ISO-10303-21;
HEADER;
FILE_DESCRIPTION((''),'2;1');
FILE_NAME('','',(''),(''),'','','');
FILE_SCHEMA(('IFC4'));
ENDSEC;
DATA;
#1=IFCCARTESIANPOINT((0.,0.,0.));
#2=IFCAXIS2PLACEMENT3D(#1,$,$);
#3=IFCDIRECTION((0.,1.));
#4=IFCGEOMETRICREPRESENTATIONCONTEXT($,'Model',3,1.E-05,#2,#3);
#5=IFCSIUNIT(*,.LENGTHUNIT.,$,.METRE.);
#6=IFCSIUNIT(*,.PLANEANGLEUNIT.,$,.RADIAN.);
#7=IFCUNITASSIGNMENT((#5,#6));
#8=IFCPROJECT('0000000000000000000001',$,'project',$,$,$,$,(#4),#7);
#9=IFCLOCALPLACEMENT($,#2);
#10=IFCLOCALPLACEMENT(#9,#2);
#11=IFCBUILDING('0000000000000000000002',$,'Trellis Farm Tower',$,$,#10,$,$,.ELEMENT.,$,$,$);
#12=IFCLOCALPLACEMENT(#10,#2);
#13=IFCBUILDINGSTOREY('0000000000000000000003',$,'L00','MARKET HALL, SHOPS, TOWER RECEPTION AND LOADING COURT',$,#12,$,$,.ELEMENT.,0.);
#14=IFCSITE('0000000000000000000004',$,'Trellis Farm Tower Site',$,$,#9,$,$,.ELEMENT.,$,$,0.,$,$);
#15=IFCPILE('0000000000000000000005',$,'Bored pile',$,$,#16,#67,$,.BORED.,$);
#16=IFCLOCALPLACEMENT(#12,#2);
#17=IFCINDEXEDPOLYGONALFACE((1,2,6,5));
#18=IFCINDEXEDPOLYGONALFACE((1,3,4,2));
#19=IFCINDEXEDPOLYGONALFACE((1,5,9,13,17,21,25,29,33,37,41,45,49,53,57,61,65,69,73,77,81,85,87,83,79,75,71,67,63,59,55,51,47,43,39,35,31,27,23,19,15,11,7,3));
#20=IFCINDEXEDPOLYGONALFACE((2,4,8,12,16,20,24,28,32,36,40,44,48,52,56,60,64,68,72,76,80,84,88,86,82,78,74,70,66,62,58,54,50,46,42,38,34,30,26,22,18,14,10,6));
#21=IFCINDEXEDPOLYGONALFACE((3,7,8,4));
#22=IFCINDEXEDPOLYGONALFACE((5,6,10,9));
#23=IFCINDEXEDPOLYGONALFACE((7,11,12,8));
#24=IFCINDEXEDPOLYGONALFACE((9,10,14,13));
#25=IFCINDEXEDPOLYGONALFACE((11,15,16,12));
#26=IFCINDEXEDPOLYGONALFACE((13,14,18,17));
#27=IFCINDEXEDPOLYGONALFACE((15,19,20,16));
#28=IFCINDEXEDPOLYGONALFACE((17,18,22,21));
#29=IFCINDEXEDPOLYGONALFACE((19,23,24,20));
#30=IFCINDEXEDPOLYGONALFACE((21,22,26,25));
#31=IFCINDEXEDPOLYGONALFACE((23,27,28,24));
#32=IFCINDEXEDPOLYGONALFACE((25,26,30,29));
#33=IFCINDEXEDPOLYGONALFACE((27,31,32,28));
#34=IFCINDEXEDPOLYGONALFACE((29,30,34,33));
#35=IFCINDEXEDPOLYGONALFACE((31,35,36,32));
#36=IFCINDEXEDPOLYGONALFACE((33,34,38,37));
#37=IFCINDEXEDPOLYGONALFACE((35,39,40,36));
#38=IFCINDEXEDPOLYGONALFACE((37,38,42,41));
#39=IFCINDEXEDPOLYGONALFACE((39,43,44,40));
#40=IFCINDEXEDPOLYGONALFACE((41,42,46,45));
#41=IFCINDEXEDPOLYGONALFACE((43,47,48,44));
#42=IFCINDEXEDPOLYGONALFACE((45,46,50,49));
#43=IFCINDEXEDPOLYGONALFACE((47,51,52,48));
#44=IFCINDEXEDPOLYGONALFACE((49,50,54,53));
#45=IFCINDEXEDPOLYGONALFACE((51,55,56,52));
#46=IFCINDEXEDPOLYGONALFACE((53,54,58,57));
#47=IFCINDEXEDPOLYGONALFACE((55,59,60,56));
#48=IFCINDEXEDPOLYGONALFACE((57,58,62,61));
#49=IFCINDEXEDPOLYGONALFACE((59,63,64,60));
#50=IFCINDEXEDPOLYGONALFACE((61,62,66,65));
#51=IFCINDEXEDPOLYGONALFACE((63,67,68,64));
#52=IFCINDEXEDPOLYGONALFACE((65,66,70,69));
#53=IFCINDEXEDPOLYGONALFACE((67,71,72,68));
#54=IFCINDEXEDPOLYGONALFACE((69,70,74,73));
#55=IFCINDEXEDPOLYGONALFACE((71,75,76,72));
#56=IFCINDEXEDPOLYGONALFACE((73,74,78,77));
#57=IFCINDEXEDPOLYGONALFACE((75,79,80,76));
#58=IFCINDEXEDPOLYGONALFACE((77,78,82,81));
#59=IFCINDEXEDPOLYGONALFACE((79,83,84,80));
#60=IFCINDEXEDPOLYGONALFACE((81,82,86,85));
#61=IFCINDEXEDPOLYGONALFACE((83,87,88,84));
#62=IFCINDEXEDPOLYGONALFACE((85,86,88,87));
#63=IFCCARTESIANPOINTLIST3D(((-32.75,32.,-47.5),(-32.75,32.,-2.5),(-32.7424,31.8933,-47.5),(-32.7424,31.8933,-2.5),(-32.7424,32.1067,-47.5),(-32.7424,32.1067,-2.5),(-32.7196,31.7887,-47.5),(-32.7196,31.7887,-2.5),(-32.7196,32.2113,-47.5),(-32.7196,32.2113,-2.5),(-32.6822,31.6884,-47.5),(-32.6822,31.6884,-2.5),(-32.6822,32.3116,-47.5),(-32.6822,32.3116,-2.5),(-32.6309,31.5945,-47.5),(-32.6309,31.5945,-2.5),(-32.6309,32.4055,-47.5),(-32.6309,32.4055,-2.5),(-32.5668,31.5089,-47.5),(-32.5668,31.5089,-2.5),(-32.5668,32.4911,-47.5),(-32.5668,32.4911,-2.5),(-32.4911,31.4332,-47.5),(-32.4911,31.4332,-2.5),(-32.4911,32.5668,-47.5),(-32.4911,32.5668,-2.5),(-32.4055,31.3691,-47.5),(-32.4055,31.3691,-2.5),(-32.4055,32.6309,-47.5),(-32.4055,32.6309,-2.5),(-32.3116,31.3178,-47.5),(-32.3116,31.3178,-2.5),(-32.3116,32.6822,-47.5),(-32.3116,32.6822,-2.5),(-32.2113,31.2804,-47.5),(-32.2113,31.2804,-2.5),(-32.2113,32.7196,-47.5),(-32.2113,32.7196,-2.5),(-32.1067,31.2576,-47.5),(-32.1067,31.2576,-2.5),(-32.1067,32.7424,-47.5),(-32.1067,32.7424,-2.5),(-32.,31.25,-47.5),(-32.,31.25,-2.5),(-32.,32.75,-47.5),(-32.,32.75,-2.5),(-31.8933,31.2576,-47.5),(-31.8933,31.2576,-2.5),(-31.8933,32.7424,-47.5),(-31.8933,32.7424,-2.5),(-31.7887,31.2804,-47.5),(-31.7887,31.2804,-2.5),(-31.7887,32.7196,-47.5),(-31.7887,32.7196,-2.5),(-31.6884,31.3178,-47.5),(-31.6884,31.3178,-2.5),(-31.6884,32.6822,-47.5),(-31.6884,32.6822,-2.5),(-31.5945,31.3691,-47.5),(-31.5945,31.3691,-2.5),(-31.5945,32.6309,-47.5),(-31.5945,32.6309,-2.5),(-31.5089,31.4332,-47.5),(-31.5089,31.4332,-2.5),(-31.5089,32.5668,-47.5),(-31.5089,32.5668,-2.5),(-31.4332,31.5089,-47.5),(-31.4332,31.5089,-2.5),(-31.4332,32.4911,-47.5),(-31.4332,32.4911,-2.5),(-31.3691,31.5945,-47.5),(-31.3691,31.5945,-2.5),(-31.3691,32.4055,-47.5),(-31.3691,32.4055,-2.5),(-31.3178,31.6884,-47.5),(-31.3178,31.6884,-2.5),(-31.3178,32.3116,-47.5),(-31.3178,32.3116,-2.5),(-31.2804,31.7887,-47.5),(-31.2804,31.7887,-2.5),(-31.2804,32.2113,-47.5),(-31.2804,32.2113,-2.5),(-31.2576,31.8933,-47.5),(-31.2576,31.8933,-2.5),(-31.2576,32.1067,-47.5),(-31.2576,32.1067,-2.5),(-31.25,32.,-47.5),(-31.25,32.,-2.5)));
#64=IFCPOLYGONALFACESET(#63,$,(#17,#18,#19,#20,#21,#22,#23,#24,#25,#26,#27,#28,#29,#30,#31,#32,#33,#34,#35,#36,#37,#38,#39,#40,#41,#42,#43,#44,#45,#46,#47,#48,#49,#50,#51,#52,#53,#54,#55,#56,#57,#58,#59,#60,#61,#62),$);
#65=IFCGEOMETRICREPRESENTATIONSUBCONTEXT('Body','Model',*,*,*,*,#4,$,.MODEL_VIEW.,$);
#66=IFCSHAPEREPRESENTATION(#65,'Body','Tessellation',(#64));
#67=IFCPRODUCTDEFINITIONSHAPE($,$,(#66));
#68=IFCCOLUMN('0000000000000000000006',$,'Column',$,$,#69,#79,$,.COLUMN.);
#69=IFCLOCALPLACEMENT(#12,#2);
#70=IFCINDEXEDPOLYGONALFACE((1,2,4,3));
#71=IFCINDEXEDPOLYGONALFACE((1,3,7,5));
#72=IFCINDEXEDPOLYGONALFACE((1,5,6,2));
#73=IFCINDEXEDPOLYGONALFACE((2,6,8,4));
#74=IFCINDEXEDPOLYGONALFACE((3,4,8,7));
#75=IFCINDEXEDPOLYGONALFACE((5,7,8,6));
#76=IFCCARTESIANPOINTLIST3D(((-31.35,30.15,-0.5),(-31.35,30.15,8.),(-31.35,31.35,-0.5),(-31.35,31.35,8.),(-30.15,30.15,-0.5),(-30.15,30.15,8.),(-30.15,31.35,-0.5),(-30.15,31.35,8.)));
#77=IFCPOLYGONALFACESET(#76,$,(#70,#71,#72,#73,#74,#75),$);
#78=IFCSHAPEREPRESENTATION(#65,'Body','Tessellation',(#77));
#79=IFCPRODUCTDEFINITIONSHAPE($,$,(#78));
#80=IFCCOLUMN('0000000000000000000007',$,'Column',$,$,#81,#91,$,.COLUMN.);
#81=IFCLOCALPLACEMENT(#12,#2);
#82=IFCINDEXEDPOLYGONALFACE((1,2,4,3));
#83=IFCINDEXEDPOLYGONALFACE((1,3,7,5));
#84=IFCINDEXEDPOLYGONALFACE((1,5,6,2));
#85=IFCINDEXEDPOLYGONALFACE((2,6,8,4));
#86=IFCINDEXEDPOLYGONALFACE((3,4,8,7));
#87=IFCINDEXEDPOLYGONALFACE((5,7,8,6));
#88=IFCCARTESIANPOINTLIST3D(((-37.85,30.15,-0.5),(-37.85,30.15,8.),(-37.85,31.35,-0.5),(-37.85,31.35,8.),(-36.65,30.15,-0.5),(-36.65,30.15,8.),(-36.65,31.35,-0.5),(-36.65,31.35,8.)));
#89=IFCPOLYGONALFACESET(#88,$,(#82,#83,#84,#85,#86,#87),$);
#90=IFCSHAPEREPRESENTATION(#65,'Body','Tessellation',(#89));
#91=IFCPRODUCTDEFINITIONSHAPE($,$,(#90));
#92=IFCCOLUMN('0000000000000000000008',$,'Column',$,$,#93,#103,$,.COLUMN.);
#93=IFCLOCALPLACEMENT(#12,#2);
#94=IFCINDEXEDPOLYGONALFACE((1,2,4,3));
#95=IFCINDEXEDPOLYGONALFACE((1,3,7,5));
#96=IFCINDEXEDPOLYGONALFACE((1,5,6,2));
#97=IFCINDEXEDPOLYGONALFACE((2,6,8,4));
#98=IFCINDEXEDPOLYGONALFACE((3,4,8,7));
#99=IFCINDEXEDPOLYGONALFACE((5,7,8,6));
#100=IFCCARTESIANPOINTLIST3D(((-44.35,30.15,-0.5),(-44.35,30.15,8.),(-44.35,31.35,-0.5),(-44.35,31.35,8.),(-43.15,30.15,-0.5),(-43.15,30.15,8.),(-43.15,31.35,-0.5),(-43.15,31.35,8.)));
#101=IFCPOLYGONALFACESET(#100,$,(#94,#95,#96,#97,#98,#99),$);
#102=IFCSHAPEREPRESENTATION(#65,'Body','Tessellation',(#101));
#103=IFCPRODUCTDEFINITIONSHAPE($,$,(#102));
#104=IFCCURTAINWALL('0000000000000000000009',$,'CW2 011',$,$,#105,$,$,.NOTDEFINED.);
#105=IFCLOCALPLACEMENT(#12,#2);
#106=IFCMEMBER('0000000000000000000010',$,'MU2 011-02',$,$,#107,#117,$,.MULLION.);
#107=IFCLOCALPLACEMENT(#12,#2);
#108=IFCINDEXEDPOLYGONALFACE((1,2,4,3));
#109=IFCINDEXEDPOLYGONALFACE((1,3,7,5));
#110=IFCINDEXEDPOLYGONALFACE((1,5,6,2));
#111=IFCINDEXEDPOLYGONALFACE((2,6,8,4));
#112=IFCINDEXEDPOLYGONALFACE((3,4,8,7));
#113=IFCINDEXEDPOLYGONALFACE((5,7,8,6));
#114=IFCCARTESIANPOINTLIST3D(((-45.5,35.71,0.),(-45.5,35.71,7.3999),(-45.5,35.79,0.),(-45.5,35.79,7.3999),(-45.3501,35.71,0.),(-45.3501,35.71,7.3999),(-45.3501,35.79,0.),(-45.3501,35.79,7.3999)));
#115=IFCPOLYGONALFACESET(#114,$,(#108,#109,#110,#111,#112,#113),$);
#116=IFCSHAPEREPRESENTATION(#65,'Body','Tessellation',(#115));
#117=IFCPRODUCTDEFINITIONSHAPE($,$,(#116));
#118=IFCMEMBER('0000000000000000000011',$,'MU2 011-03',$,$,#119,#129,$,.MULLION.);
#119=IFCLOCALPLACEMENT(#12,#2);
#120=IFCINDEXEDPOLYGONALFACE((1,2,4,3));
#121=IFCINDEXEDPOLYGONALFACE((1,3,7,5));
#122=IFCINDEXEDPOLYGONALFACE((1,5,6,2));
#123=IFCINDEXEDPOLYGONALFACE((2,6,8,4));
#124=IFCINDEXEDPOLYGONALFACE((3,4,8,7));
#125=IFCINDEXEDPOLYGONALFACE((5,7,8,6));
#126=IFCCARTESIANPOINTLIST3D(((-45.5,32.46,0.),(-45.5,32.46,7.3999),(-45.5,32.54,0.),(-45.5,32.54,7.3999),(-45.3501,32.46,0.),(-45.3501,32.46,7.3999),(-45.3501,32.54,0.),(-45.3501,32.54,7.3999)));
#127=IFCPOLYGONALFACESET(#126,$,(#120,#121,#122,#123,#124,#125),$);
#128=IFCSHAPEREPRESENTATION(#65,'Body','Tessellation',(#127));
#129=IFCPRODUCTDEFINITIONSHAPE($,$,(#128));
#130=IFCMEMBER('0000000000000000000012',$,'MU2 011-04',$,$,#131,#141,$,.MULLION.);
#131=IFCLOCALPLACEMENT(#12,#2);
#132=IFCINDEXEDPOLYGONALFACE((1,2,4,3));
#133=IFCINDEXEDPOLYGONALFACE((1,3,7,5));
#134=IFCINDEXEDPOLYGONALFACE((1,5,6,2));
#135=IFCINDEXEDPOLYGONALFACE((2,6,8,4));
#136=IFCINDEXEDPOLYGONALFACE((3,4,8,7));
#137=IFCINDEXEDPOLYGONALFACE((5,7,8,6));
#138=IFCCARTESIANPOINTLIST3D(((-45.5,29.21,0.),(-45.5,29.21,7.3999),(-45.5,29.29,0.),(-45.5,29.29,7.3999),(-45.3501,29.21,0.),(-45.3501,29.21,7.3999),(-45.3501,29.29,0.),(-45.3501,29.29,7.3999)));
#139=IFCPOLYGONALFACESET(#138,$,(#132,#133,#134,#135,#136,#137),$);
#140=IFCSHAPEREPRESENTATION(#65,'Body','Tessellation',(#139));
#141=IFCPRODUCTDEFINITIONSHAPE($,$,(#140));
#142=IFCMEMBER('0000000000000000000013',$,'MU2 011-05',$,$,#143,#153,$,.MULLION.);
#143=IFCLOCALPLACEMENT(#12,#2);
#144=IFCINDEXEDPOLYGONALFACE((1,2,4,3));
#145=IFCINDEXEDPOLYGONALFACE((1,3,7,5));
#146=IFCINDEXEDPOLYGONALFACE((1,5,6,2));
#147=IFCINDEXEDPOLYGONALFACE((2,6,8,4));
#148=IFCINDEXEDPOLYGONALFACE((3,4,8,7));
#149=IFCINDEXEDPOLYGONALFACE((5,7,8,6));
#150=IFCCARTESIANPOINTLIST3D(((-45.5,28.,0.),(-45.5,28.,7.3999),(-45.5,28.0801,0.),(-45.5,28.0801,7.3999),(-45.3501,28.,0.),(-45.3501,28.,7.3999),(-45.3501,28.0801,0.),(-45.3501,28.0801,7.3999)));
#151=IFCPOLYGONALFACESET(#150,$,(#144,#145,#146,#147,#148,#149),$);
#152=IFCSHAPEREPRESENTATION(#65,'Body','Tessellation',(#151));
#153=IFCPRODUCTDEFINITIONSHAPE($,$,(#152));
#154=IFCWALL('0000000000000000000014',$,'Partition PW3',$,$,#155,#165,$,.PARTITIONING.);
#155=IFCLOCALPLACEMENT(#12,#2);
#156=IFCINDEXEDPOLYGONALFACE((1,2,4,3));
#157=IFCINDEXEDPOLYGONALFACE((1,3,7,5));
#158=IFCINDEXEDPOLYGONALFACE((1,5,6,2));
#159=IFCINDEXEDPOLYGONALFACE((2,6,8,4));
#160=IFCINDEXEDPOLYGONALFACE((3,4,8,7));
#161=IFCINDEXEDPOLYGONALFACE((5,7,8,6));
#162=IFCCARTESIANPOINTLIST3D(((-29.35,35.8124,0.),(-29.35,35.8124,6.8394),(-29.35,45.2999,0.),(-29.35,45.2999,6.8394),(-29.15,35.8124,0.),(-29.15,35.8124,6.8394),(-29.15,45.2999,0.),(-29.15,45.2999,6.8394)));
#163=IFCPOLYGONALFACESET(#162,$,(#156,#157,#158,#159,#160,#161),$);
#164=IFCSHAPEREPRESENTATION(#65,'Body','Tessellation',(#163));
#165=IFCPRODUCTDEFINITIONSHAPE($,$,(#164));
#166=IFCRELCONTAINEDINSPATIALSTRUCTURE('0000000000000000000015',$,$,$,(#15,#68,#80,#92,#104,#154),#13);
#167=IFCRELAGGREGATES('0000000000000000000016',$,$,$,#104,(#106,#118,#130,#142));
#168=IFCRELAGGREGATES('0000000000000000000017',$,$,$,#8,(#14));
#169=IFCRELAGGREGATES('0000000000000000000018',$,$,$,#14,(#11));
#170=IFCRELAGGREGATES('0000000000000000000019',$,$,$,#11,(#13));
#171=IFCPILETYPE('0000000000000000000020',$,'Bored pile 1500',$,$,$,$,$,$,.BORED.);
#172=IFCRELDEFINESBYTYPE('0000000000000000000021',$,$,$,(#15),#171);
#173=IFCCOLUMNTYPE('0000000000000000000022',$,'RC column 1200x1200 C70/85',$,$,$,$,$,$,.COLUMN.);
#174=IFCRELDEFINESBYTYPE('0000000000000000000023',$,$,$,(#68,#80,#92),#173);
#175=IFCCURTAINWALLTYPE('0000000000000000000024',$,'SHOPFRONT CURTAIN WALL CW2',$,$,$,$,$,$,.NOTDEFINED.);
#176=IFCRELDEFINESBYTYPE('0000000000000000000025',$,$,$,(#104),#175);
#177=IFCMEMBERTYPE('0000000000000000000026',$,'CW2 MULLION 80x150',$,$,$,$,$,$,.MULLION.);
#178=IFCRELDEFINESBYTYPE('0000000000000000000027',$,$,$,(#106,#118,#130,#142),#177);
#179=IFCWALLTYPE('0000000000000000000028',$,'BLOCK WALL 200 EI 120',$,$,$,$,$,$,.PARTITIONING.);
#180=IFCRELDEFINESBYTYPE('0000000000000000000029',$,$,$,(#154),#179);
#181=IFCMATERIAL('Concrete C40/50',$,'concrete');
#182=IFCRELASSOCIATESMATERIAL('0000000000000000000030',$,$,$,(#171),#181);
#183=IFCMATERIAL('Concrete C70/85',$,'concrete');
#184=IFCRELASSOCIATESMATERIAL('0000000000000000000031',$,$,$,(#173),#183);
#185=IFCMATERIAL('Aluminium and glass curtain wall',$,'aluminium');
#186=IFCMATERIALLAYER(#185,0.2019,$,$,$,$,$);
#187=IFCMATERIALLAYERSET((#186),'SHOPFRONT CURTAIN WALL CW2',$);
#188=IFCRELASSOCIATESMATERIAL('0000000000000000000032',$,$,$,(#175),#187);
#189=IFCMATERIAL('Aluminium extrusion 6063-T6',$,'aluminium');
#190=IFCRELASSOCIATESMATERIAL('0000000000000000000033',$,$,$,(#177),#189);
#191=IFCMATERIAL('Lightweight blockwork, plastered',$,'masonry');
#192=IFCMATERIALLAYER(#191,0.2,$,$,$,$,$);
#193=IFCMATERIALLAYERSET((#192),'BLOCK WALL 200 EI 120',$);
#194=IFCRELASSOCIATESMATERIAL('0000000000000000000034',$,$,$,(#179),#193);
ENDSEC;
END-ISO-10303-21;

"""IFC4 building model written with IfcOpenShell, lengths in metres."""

from ifc_helpers import new_model, si_unit, direction, frame, frame_2d, origin, origin_2d, place, context, subcontext, project, spatial, rectangle, circle, extrude, source, transform, mapped, material, layer, layer_set, material_profile, profile_set, type_object, element, aggregate, save


model = new_model("IFC4")

# Units and contexts
model_context = context("Model", 3, precision=1e-05, world=origin(), true_north=direction((0.0, 1.0)))
body_context = subcontext(model_context, "Body", "Model", "MODEL_VIEW")
ifc_project = project(units=[si_unit("LENGTHUNIT", "METRE"), si_unit("PLANEANGLEUNIT", "RADIAN")], contexts=[model_context])

# Site, building, storey
site_placement = place(None, origin())
site = spatial("IfcSite", under=ifc_project, at=site_placement, Name="Trellis Farm Tower Site", CompositionType="ELEMENT", RefElevation=0.0)
building_placement = place(site_placement, origin())
building = spatial("IfcBuilding", under=site, at=building_placement, Name="Trellis Farm Tower", CompositionType="ELEMENT")
storey_placement = place(building_placement, origin())
storey = spatial("IfcBuildingStorey", under=building, at=storey_placement, Name="L00", Description="MARKET HALL, SHOPS, TOWER RECEPTION AND LOADING COURT", CompositionType="ELEMENT", Elevation=0.0)

# Pile
ifc_material_1 = material(Name="Concrete C40/50", Category="concrete")
ifc_material_profile_1 = material_profile(ifc_material_1, circle(Radius=0.75, at=origin_2d()), Name="Bored pile 1500")
ifc_profile_set_1 = profile_set([ifc_material_profile_1], Name="Concrete C40/50")
pile_type = type_object("IfcPileType", Name="Bored pile 1500", PredefinedType="BORED", material=ifc_profile_set_1)
shared_shape_1 = source(origin(), body_context, "Body", "SweptSolid", [
    extrude(circle(Radius=0.75, at=origin_2d()), origin(), (0.0, 0.0, 1.0), 45.0),
])
for number, where, z_axis, x_axis, name in (
    (1, (-32.0, 32.0, -2.5), (0.0, 0.0, -1.0), (1.0, 0.0, 0.0), "Bored pile"),
):
    element("IfcPile", number, at=place(storey_placement, frame(where, z_axis=z_axis, x_axis=x_axis)), inside=storey, type_object=pile_type, Name=name, PredefinedType="BORED", context=body_context, shape_type="MappedRepresentation", body=[
        mapped(shared_shape_1, transform((0.0, 0.0, 0.0))),
    ])

# Columns
ifc_material_2 = material(Name="Concrete C70/85", Category="concrete")
ifc_material_profile_2 = material_profile(ifc_material_2, rectangle(XDim=1.2, YDim=1.2, at=origin_2d()), Name="RC column 1200x1200 C70/85")
ifc_profile_set_2 = profile_set([ifc_material_profile_2], Name="Concrete C70/85")
column_type = type_object("IfcColumnType", Name="RC column 1200x1200 C70/85", PredefinedType="COLUMN", material=ifc_profile_set_2)
shared_shape_2 = source(origin(), body_context, "Body", "SweptSolid", [
    extrude(rectangle(XDim=1.2, YDim=1.2, at=origin_2d()), origin(), (0.0, 0.0, 1.0), 8.5),
])
for number, where, z_axis, x_axis, name in (
    (2, (-30.75, 30.75, -0.5), (0.0, 0.0, 1.0), (1.0, 0.0, 0.0), "Column"),
    (3, (-37.25, 30.75, -0.5), (0.0, 0.0, 1.0), (1.0, 0.0, 0.0), "Column"),
    (4, (-43.75, 30.75, -0.5), (0.0, 0.0, 1.0), (1.0, 0.0, 0.0), "Column"),
):
    element("IfcColumn", number, at=place(storey_placement, frame(where, z_axis=z_axis, x_axis=x_axis)), inside=storey, type_object=column_type, Name=name, PredefinedType="COLUMN", context=body_context, shape_type="MappedRepresentation", body=[
        mapped(shared_shape_2, transform((0.0, 0.0, 0.0))),
    ])

# Curtain wall, members
ifc_material_3 = material(Name="Aluminium and glass curtain wall", Category="aluminium")
ifc_layer_1 = layer(ifc_material_3, 0.2019)
ifc_layer_set_1 = layer_set([ifc_layer_1], Name="SHOPFRONT CURTAIN WALL CW2")
curtain_wall_type = type_object("IfcCurtainWallType", Name="SHOPFRONT CURTAIN WALL CW2", PredefinedType="NOTDEFINED", material=ifc_layer_set_1)
curtain_wall_placement = place(storey_placement, origin())
curtain_wall = element("IfcCurtainWall", 5, at=curtain_wall_placement, inside=storey, type_object=curtain_wall_type, Name="CW2 011", PredefinedType="NOTDEFINED")
ifc_material_4 = material(Name="Aluminium extrusion 6063-T6", Category="aluminium")
ifc_material_profile_3 = material_profile(ifc_material_4, rectangle(XDim=0.0801, YDim=0.1499, at=origin_2d()), Name="MULLION 80x150")
ifc_profile_set_3 = profile_set([ifc_material_profile_3], Name="Aluminium extrusion 6063-T6")
member_type = type_object("IfcMemberType", Name="CW2 MULLION 80x150", PredefinedType="MULLION", material=ifc_profile_set_3)
shared_shape_3 = source(origin(), body_context, "Body", "SweptSolid", [
    extrude(rectangle(XDim=0.0801, YDim=0.1499, at=origin_2d()), origin(), (0.0, 0.0, 1.0), 7.3999),
])
member_1_placement = place(storey_placement, frame((-45.425, 35.75, 0.0), z_axis=(0.0, 0.0, 1.0), x_axis=(0.0, -1.0, 0.0)))
member_1 = element("IfcMember", 6, at=member_1_placement, type_object=member_type, Name="MU2 011-02", PredefinedType="MULLION", context=body_context, shape_type="MappedRepresentation", body=[
    mapped(shared_shape_3, transform((0.0, 0.0, 0.0))),
])
member_2_placement = place(storey_placement, frame((-45.425, 32.5, 0.0), z_axis=(0.0, 0.0, 1.0), x_axis=(0.0, -1.0, 0.0)))
member_2 = element("IfcMember", 7, at=member_2_placement, type_object=member_type, Name="MU2 011-03", PredefinedType="MULLION", context=body_context, shape_type="MappedRepresentation", body=[
    mapped(shared_shape_3, transform((0.0, 0.0, 0.0))),
])
member_3_placement = place(storey_placement, frame((-45.425, 29.25, 0.0), z_axis=(0.0, 0.0, 1.0), x_axis=(0.0, -1.0, 0.0)))
member_3 = element("IfcMember", 8, at=member_3_placement, type_object=member_type, Name="MU2 011-04", PredefinedType="MULLION", context=body_context, shape_type="MappedRepresentation", body=[
    mapped(shared_shape_3, transform((0.0, 0.0, 0.0))),
])
member_4_placement = place(storey_placement, frame((-45.425, 28.04, 0.0), z_axis=(0.0, 0.0, 1.0), x_axis=(0.0, -1.0, 0.0)))
member_4 = element("IfcMember", 9, at=member_4_placement, type_object=member_type, Name="MU2 011-05", PredefinedType="MULLION", context=body_context, shape_type="MappedRepresentation", body=[
    mapped(shared_shape_3, transform((0.0, 0.0, 0.0))),
])
aggregate(curtain_wall, [member_1, member_2, member_3, member_4])

# Wall
ifc_material_5 = material(Name="Lightweight blockwork, plastered", Category="masonry")
ifc_layer_2 = layer(ifc_material_5, 0.2)
ifc_layer_set_2 = layer_set([ifc_layer_2], Name="BLOCK WALL 200 EI 120")
wall_type_1 = type_object("IfcWallType", Name="BLOCK WALL 200 EI 120", PredefinedType="PARTITIONING", material=ifc_layer_set_2)
shared_shape_4 = source(origin(), body_context, "Body", "SweptSolid", [
    extrude(rectangle(XDim=9.4875, YDim=0.2, at=frame_2d((4.7437, 0.0))), origin(), (0.0, 0.0, 1.0), 6.8394),
])
wall_1_placement = place(storey_placement, frame((-29.25, 35.8125, 0.0), z_axis=(0.0, 0.0, 1.0), x_axis=(0.0, 1.0, 0.0)))
element("IfcWall", 10, at=wall_1_placement, inside=storey, type_object=wall_type_1, Name="Partition PW3", PredefinedType="PARTITIONING", context=body_context, shape_type="MappedRepresentation", body=[
    mapped(shared_shape_4, transform((0.0, 0.0, 0.0))),
])

save(model, "model.ifc")
